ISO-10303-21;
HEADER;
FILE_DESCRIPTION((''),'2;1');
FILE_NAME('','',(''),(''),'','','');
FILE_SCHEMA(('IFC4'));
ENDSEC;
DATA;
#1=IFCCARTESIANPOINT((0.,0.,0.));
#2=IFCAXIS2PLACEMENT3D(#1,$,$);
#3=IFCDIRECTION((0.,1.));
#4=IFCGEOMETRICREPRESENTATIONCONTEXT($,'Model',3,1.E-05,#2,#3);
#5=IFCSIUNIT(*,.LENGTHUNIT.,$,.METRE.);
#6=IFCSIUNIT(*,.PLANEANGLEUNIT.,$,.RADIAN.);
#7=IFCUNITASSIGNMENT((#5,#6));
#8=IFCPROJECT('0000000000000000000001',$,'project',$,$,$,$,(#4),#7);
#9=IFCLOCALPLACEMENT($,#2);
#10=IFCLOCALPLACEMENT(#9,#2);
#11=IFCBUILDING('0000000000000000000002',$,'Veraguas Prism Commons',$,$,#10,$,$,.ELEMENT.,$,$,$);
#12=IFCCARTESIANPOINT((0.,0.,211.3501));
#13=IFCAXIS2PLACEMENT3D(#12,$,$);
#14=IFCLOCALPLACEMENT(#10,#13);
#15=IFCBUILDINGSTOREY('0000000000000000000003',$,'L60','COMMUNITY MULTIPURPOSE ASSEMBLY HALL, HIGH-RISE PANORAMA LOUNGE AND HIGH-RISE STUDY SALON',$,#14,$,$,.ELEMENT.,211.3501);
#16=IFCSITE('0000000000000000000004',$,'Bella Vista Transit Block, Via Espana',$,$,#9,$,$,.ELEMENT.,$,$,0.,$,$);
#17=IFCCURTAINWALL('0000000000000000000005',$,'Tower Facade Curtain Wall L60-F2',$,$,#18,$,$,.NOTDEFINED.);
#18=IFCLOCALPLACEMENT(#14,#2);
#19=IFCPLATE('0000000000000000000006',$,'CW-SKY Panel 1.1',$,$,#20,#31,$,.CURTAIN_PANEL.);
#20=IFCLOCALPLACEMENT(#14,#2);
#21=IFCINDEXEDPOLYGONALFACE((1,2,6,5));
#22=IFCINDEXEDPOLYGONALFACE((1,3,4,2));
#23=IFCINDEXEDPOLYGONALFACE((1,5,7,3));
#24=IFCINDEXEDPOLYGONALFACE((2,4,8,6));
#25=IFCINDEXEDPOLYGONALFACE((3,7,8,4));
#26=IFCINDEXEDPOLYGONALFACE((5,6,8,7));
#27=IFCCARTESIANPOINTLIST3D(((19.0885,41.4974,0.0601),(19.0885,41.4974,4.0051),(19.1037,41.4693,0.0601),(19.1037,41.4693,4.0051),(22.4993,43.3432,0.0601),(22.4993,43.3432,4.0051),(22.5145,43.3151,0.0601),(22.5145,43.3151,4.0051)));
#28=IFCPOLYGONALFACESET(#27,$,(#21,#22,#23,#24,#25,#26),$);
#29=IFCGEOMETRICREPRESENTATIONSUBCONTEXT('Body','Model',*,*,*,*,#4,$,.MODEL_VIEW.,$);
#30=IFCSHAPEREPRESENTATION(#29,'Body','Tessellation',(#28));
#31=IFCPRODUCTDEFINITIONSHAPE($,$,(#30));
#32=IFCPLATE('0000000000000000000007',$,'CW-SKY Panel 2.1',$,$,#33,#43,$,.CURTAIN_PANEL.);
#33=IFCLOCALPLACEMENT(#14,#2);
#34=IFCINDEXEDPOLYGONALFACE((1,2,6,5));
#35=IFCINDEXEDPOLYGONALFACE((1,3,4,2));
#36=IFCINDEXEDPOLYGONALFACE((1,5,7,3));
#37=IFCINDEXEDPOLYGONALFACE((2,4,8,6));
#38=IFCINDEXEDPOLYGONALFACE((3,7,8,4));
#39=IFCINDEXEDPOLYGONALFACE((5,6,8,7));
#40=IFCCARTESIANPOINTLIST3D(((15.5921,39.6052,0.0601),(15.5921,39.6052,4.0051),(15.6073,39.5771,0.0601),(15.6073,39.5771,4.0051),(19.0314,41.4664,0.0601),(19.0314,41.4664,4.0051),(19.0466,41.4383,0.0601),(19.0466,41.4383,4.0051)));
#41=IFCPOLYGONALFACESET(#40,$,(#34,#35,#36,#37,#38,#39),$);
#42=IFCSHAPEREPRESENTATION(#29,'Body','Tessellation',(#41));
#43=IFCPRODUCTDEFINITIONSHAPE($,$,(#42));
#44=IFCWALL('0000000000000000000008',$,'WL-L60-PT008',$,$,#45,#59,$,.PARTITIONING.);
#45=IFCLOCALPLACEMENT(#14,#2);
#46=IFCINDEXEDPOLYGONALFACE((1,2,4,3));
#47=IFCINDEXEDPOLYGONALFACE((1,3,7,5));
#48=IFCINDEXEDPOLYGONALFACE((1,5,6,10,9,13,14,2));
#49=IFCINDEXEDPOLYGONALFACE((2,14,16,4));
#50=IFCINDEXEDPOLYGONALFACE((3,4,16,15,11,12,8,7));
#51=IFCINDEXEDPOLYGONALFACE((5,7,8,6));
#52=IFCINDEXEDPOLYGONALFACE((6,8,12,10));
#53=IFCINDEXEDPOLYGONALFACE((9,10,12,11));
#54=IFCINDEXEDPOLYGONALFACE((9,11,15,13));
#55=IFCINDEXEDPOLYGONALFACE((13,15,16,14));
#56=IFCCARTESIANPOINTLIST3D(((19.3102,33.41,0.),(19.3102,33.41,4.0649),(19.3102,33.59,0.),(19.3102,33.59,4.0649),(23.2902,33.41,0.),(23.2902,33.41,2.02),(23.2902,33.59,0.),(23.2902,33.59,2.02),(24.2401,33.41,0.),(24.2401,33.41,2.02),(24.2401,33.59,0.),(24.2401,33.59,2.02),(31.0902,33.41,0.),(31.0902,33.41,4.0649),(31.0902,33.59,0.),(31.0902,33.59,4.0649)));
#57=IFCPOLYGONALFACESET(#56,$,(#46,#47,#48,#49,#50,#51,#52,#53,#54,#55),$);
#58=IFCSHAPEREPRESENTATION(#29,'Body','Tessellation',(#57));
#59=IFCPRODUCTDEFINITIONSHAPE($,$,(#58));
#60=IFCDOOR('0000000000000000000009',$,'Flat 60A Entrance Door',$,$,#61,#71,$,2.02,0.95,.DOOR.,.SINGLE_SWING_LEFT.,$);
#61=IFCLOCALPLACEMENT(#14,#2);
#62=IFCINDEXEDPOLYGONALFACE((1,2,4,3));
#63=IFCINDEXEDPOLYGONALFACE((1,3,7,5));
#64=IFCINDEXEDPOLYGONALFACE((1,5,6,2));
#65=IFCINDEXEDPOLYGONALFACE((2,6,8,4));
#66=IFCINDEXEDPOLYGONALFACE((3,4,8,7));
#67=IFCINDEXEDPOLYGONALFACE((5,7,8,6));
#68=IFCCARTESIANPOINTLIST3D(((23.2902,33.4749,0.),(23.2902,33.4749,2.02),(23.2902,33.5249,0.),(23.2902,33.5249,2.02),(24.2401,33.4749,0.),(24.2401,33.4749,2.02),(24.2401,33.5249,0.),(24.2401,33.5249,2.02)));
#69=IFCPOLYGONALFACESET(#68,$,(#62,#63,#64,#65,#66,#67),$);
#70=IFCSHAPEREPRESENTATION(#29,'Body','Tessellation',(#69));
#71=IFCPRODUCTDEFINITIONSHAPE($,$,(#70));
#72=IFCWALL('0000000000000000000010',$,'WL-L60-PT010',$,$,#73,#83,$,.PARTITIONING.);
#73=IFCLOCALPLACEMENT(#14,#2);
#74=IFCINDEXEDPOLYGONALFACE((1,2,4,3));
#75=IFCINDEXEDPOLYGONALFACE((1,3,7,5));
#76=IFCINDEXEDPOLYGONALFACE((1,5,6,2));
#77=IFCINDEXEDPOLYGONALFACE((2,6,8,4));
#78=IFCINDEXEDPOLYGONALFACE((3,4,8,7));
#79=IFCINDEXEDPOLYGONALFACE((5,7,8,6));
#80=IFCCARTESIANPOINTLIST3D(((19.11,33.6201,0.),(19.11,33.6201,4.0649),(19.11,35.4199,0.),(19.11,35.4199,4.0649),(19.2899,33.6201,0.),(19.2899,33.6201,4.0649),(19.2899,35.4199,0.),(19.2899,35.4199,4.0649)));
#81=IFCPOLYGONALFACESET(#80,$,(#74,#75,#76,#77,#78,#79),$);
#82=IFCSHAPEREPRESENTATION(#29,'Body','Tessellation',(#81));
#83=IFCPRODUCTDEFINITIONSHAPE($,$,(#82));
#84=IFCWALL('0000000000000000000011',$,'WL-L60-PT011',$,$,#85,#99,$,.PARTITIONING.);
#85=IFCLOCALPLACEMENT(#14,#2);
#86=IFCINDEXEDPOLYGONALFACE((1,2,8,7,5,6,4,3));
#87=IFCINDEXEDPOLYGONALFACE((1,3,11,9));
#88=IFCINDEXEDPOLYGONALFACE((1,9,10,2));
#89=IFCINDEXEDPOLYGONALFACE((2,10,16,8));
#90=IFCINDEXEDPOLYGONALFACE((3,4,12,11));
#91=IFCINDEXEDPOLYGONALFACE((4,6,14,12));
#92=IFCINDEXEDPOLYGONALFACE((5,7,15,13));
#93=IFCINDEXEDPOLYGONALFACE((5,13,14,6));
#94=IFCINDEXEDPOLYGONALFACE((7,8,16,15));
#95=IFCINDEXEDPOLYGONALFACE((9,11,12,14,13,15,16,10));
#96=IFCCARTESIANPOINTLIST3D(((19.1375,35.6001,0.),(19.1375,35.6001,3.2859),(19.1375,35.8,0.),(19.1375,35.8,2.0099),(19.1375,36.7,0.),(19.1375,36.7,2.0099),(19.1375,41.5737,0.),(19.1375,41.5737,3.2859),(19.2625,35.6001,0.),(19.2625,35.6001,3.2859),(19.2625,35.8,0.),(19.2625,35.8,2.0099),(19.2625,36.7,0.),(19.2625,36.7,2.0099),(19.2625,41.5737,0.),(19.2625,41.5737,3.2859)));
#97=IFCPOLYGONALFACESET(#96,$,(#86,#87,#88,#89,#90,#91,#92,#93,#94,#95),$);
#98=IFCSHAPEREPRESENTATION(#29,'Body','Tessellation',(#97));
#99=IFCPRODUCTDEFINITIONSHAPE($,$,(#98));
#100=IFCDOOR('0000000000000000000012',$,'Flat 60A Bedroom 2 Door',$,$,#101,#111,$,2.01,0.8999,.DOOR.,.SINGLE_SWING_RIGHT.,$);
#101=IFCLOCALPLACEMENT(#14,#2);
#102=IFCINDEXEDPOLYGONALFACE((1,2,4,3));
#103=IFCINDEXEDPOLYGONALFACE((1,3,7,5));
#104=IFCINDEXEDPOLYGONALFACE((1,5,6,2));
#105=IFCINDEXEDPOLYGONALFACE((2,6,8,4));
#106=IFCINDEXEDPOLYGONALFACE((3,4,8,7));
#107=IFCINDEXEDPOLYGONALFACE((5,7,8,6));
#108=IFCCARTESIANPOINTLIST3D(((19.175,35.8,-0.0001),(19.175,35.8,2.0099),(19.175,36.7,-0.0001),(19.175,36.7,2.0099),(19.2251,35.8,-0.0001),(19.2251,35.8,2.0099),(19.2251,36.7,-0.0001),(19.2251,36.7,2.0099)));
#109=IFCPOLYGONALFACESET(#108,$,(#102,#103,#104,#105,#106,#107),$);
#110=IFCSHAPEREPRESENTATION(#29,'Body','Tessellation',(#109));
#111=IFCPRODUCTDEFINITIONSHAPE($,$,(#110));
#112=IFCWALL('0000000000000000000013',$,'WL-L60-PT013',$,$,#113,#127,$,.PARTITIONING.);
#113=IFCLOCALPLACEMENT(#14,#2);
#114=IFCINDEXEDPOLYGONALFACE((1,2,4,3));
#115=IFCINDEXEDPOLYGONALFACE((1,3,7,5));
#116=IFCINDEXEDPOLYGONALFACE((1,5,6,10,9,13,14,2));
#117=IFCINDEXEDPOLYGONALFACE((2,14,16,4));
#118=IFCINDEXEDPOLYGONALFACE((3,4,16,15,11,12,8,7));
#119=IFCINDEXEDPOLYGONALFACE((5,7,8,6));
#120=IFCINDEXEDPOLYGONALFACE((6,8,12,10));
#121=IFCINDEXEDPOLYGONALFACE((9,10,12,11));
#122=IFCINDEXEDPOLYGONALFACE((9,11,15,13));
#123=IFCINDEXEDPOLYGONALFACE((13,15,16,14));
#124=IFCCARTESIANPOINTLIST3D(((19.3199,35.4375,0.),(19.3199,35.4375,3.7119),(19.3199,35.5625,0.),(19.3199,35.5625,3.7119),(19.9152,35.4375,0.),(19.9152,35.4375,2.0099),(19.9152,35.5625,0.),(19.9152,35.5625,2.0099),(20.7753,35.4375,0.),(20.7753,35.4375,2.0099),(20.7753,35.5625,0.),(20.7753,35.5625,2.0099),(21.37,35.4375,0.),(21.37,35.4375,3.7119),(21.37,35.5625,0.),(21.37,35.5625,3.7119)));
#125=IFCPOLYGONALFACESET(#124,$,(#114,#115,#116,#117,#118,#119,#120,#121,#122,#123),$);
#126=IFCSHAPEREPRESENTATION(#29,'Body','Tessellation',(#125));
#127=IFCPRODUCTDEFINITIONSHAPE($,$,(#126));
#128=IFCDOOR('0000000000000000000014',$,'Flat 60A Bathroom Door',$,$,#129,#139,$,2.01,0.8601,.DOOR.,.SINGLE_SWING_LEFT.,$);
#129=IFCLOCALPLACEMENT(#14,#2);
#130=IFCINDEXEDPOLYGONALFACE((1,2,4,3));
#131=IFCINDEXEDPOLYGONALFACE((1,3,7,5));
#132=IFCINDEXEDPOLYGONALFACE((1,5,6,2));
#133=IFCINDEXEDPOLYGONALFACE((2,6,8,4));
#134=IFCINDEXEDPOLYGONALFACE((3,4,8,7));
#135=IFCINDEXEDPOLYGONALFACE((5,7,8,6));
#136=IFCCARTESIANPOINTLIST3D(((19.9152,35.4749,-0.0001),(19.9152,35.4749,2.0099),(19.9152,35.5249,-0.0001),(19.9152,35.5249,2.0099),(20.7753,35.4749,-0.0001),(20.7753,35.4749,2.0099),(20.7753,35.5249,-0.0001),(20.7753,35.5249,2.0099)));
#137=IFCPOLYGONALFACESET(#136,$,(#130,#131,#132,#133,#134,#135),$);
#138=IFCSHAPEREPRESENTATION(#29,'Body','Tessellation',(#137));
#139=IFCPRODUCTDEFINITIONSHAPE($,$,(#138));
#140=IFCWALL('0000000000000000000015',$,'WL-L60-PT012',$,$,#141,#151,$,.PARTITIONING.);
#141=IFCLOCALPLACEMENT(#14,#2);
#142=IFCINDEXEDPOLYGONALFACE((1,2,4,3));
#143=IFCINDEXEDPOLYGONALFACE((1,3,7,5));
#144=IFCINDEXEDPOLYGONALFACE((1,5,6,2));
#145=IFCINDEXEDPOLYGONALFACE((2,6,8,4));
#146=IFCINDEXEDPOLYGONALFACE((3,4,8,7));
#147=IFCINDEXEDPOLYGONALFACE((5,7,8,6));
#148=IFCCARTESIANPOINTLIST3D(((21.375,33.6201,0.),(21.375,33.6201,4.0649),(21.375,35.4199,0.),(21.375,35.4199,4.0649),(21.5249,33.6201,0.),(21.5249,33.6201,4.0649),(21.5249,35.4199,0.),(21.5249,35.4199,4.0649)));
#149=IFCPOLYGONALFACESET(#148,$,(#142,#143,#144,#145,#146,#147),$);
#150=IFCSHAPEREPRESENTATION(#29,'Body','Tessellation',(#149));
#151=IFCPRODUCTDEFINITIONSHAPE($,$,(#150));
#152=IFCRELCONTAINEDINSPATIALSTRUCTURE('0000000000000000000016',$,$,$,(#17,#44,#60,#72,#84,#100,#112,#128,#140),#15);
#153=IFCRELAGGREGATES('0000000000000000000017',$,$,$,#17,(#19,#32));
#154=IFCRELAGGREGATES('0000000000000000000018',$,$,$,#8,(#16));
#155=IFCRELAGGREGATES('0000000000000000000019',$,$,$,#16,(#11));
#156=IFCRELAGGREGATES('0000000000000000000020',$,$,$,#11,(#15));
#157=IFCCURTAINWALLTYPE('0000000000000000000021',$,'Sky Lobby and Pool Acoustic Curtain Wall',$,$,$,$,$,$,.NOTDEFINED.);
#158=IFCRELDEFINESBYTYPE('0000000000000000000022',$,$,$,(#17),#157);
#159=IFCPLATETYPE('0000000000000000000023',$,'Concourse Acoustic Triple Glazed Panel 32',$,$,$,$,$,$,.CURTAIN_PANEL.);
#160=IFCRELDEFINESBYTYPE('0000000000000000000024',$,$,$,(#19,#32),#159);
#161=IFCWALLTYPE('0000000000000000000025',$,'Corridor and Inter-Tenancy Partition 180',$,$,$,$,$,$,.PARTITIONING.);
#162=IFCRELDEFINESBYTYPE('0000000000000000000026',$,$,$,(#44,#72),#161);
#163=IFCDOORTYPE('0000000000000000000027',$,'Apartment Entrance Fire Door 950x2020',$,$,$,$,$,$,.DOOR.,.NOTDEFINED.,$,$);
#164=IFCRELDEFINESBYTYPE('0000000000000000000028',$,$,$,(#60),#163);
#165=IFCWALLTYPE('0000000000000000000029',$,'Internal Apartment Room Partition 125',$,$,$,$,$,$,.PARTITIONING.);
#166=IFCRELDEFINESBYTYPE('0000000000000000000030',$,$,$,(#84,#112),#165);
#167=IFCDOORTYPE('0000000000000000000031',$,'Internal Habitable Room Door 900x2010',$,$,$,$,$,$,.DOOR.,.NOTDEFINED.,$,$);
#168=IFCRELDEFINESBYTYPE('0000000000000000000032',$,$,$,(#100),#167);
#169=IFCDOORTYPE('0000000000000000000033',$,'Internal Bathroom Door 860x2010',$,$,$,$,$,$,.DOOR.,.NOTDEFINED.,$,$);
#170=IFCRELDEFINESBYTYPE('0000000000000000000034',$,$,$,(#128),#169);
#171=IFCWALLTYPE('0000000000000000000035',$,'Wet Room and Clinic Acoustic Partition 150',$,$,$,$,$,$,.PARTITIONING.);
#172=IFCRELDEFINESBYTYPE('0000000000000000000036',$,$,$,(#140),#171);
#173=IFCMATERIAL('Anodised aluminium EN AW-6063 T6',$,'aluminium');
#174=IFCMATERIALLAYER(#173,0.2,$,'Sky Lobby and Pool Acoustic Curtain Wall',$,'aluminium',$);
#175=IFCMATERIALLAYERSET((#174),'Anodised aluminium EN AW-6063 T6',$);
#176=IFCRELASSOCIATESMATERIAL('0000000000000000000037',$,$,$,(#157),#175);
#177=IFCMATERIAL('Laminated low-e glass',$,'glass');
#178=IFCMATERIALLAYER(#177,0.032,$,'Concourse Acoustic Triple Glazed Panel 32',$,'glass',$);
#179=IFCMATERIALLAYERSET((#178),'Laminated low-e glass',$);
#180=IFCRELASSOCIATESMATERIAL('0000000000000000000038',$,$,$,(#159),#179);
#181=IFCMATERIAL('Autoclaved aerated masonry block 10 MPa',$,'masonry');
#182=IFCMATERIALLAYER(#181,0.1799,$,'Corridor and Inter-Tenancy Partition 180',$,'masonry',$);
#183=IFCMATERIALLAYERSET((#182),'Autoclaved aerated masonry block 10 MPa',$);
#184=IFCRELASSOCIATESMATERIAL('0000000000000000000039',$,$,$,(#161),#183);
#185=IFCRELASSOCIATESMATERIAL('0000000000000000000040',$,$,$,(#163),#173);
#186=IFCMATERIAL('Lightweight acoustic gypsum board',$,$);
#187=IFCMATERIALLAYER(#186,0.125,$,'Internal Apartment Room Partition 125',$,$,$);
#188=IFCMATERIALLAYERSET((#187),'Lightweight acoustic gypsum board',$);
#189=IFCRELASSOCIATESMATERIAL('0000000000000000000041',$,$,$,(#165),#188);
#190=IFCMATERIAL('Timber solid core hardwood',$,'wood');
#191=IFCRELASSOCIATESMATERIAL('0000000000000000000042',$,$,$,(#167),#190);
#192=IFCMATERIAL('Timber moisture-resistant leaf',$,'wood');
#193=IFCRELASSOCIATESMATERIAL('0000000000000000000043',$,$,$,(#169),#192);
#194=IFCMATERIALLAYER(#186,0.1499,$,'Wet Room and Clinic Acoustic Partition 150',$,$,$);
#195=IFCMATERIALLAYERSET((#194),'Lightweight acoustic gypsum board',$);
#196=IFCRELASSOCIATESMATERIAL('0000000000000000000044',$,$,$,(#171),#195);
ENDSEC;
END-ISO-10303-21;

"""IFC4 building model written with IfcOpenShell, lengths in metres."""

from ifc_helpers import new_model, si_unit, direction, frame, frame_2d, origin, origin_2d, place, context, subcontext, project, spatial, rectangle, extrude, source, transform, mapped, material, layer, layer_set, type_object, element, fill, aggregate, save


model = new_model("IFC4")

# Units and contexts
model_context = context("Model", 3, precision=1e-05, world=origin(), true_north=direction((0.0, 1.0)))
body_context = subcontext(model_context, "Body", "Model", "MODEL_VIEW")
ifc_project = project(units=[si_unit("LENGTHUNIT", "METRE"), si_unit("PLANEANGLEUNIT", "RADIAN")], contexts=[model_context])

# Site, building, storey
site_placement = place(None, origin())
site = spatial("IfcSite", under=ifc_project, at=site_placement, Name="Bella Vista Transit Block, Via Espana", CompositionType="ELEMENT", RefElevation=0.0)
building_placement = place(site_placement, origin())
building = spatial("IfcBuilding", under=site, at=building_placement, Name="Veraguas Prism Commons", CompositionType="ELEMENT")
storey_placement = place(building_placement, frame((0.0, 0.0, 211.3501)))
storey = spatial("IfcBuildingStorey", under=building, at=storey_placement, Name="L60", Description="COMMUNITY MULTIPURPOSE ASSEMBLY HALL, HIGH-RISE PANORAMA LOUNGE AND HIGH-RISE STUDY SALON", CompositionType="ELEMENT", Elevation=211.3501)

# Curtain wall, plates
ifc_material_1 = material(Name="Anodised aluminium EN AW-6063 T6", Category="aluminium")
ifc_layer_1 = layer(ifc_material_1, 0.2, Name="Sky Lobby and Pool Acoustic Curtain Wall", Category="aluminium")
ifc_layer_set_1 = layer_set([ifc_layer_1], Name="Anodised aluminium EN AW-6063 T6")
curtain_wall_type = type_object("IfcCurtainWallType", Name="Sky Lobby and Pool Acoustic Curtain Wall", PredefinedType="NOTDEFINED", material=ifc_layer_set_1)
curtain_wall_placement = place(storey_placement, origin())
curtain_wall = element("IfcCurtainWall", 1, at=curtain_wall_placement, inside=storey, type_object=curtain_wall_type, Name="Tower Facade Curtain Wall L60-F2", PredefinedType="NOTDEFINED")
ifc_material_2 = material(Name="Laminated low-e glass", Category="glass")
ifc_layer_2 = layer(ifc_material_2, 0.032, Name="Concourse Acoustic Triple Glazed Panel 32", Category="glass")
ifc_layer_set_2 = layer_set([ifc_layer_2], Name="Laminated low-e glass")
plate_type = type_object("IfcPlateType", Name="Concourse Acoustic Triple Glazed Panel 32", PredefinedType="CURTAIN_PANEL", material=ifc_layer_set_2)
shared_shape_1 = source(origin(), body_context, "Body", "SweptSolid", [
    extrude(rectangle(XDim=3.8782, YDim=0.032, at=origin_2d()), origin(), (0.0, 0.0, 1.0), 3.9451),
])
plate_1_placement = place(storey_placement, frame((20.8015, 42.4062, 0.0601), z_axis=(0.0, 0.0, 1.0), x_axis=(-0.879484, -0.475928, 0.0)))
plate_1 = element("IfcPlate", 2, at=plate_1_placement, type_object=plate_type, Name="CW-SKY Panel 1.1", PredefinedType="CURTAIN_PANEL", context=body_context, shape_type="MappedRepresentation", body=[
    mapped(shared_shape_1, transform((0.0, 0.0, 0.0), scale=1.0)),
])
shared_shape_2 = source(origin(), body_context, "Body", "SweptSolid", [
    extrude(rectangle(XDim=3.9106, YDim=0.032, at=origin_2d()), origin(), (0.0, 0.0, 1.0), 3.9451),
])
plate_2_placement = place(storey_placement, frame((17.3193, 40.5217, 0.0601), z_axis=(0.0, 0.0, 1.0), x_axis=(-0.879484, -0.475928, 0.0)))
plate_2 = element("IfcPlate", 3, at=plate_2_placement, type_object=plate_type, Name="CW-SKY Panel 2.1", PredefinedType="CURTAIN_PANEL", context=body_context, shape_type="MappedRepresentation", body=[
    mapped(shared_shape_2, transform((0.0, 0.0, 0.0), scale=1.0)),
])
aggregate(curtain_wall, [plate_1, plate_2])

# Wall, opening, door
ifc_material_3 = material(Name="Autoclaved aerated masonry block 10 MPa", Category="masonry")
ifc_layer_3 = layer(ifc_material_3, 0.1799, Name="Corridor and Inter-Tenancy Partition 180", Category="masonry")
ifc_layer_set_3 = layer_set([ifc_layer_3], Name="Autoclaved aerated masonry block 10 MPa")
wall_type_1 = type_object("IfcWallType", Name="Corridor and Inter-Tenancy Partition 180", PredefinedType="PARTITIONING", material=ifc_layer_set_3)
wall_1_placement = place(storey_placement, frame((19.3101, 33.5, 0.0), z_axis=(0.0, 0.0, 1.0), x_axis=(1.0, 0.0, 0.0)))
wall_1 = element("IfcWall", 4, at=wall_1_placement, inside=storey, type_object=wall_type_1, Name="WL-L60-PT008", PredefinedType="PARTITIONING", context=body_context, shape_type="SweptSolid", body=[
    extrude(rectangle(XDim=11.78, YDim=0.1799, at=frame_2d((5.8901, 0.0))), origin(), (0.0, 0.0, 1.0), 4.0649),
])
opening_1_placement = place(wall_1_placement, frame((3.98, 0.0, 0.0)))
opening_1 = element("IfcOpeningElement", 5, at=opening_1_placement, cuts=wall_1, PredefinedType="OPENING", context=body_context, shape_type="SweptSolid", body=[
    extrude(rectangle(XDim=0.95, YDim=2.02, at=frame_2d((0.4751, 1.01))), frame((0.0, 0.0999, 0.0), z_axis=(0.0, -1.0, 0.0), x_axis=(1.0, 0.0, 0.0)), (0.0, 0.0, 1.0), 0.2),
])
door_type_1 = type_object("IfcDoorType", Name="Apartment Entrance Fire Door 950x2020", OperationType="NOTDEFINED", PredefinedType="DOOR", material=ifc_material_1)
shared_shape_3 = source(origin(), body_context, "Body", "SweptSolid", [
    extrude(rectangle(XDim=0.95, YDim=2.02, at=frame_2d((0.4751, 1.01))), frame((0.0, 0.0249, 0.0), z_axis=(0.0, -1.0, 0.0), x_axis=(1.0, 0.0, 0.0)), (0.0, 0.0, 1.0), 0.05),
])
door_1_placement = place(opening_1_placement, origin())
door_1 = element("IfcDoor", 6, at=door_1_placement, inside=storey, type_object=door_type_1, Name="Flat 60A Entrance Door", OperationType="SINGLE_SWING_LEFT", OverallHeight=2.02, OverallWidth=0.95, PredefinedType="DOOR", context=body_context, shape_type="MappedRepresentation", body=[
    mapped(shared_shape_3, transform((0.0, 0.0, 0.0), scale=1.0)),
])
fill(opening_1, door_1)

# Wall
wall_2_placement = place(storey_placement, frame((19.2, 33.6201, 0.0), z_axis=(0.0, 0.0, 1.0), x_axis=(0.0, 1.0, 0.0)))
element("IfcWall", 7, at=wall_2_placement, inside=storey, type_object=wall_type_1, Name="WL-L60-PT010", PredefinedType="PARTITIONING", context=body_context, shape_type="SweptSolid", body=[
    extrude(rectangle(XDim=1.7998, YDim=0.1799, at=frame_2d((0.8999, 0.0))), origin(), (0.0, 0.0, 1.0), 4.0649),
])

# Walls, openings, doors
ifc_material_4 = material(Name="Lightweight acoustic gypsum board")
ifc_layer_4 = layer(ifc_material_4, 0.125, Name="Internal Apartment Room Partition 125")
ifc_layer_set_4 = layer_set([ifc_layer_4], Name="Lightweight acoustic gypsum board")
wall_type_2 = type_object("IfcWallType", Name="Internal Apartment Room Partition 125", PredefinedType="PARTITIONING", material=ifc_layer_set_4)
wall_3_placement = place(storey_placement, frame((19.2, 35.6001, 0.0), z_axis=(0.0, 0.0, 1.0), x_axis=(0.0, 1.0, 0.0)))
wall_3 = element("IfcWall", 8, at=wall_3_placement, inside=storey, type_object=wall_type_2, Name="WL-L60-PT011", PredefinedType="PARTITIONING", context=body_context, shape_type="SweptSolid", body=[
    extrude(rectangle(XDim=5.9736, YDim=0.125, at=frame_2d((2.9868, 0.0))), origin(), (0.0, 0.0, 1.0), 3.2859),
])
opening_2_placement = place(wall_3_placement, frame((0.2, 0.0, 0.0)))
opening_2 = element("IfcOpeningElement", 9, at=opening_2_placement, cuts=wall_3, PredefinedType="OPENING", context=body_context, shape_type="SweptSolid", body=[
    extrude(rectangle(XDim=0.8999, YDim=2.01, at=frame_2d((0.45, 1.0049))), frame((0.0, 0.0725, 0.0), z_axis=(0.0, -1.0, 0.0), x_axis=(1.0, 0.0, 0.0)), (0.0, 0.0, 1.0), 0.145),
])
ifc_material_5 = material(Name="Timber solid core hardwood", Category="wood")
door_type_2 = type_object("IfcDoorType", Name="Internal Habitable Room Door 900x2010", OperationType="NOTDEFINED", PredefinedType="DOOR", material=ifc_material_5)
shared_shape_4 = source(origin(), body_context, "Body", "SweptSolid", [
    extrude(rectangle(XDim=0.8999, YDim=2.01, at=frame_2d((0.45, 1.0049))), frame((0.0, 0.0249, 0.0), z_axis=(0.0, -1.0, 0.0), x_axis=(1.0, 0.0, 0.0)), (0.0, 0.0, 1.0), 0.05),
])
door_2_placement = place(opening_2_placement, origin())
door_2 = element("IfcDoor", 10, at=door_2_placement, inside=storey, type_object=door_type_2, Name="Flat 60A Bedroom 2 Door", OperationType="SINGLE_SWING_RIGHT", OverallHeight=2.01, OverallWidth=0.8999, PredefinedType="DOOR", context=body_context, shape_type="MappedRepresentation", body=[
    mapped(shared_shape_4, transform((0.0, 0.0, 0.0), scale=1.0)),
])
fill(opening_2, door_2)
wall_4_placement = place(storey_placement, frame((19.3201, 35.5, 0.0), z_axis=(0.0, 0.0, 1.0), x_axis=(1.0, 0.0, 0.0)))
wall_4 = element("IfcWall", 11, at=wall_4_placement, inside=storey, type_object=wall_type_2, Name="WL-L60-PT013", PredefinedType="PARTITIONING", context=body_context, shape_type="SweptSolid", body=[
    extrude(rectangle(XDim=2.05, YDim=0.125, at=frame_2d((1.0249, 0.0))), origin(), (0.0, 0.0, 1.0), 3.7119),
])
opening_3_placement = place(wall_4_placement, frame((0.595, 0.0, 0.0)))
opening_3 = element("IfcOpeningElement", 12, at=opening_3_placement, cuts=wall_4, PredefinedType="OPENING", context=body_context, shape_type="SweptSolid", body=[
    extrude(rectangle(XDim=0.8601, YDim=2.01, at=frame_2d((0.4302, 1.0049))), frame((0.0, 0.0725, 0.0), z_axis=(0.0, -1.0, 0.0), x_axis=(1.0, 0.0, 0.0)), (0.0, 0.0, 1.0), 0.145),
])
ifc_material_6 = material(Name="Timber moisture-resistant leaf", Category="wood")
door_type_3 = type_object("IfcDoorType", Name="Internal Bathroom Door 860x2010", OperationType="NOTDEFINED", PredefinedType="DOOR", material=ifc_material_6)
shared_shape_5 = source(origin(), body_context, "Body", "SweptSolid", [
    extrude(rectangle(XDim=0.8601, YDim=2.01, at=frame_2d((0.4302, 1.0049))), frame((0.0, 0.0249, 0.0), z_axis=(0.0, -1.0, 0.0), x_axis=(1.0, 0.0, 0.0)), (0.0, 0.0, 1.0), 0.05),
])
door_3_placement = place(opening_3_placement, origin())
door_3 = element("IfcDoor", 13, at=door_3_placement, inside=storey, type_object=door_type_3, Name="Flat 60A Bathroom Door", OperationType="SINGLE_SWING_LEFT", OverallHeight=2.01, OverallWidth=0.8601, PredefinedType="DOOR", context=body_context, shape_type="MappedRepresentation", body=[
    mapped(shared_shape_5, transform((0.0, 0.0, 0.0), scale=1.0)),
])
fill(opening_3, door_3)

# Wall
ifc_layer_5 = layer(ifc_material_4, 0.1499, Name="Wet Room and Clinic Acoustic Partition 150")
ifc_layer_set_5 = layer_set([ifc_layer_5], Name="Lightweight acoustic gypsum board")
wall_type_3 = type_object("IfcWallType", Name="Wet Room and Clinic Acoustic Partition 150", PredefinedType="PARTITIONING", material=ifc_layer_set_5)
wall_5_placement = place(storey_placement, frame((21.45, 33.6201, 0.0), z_axis=(0.0, 0.0, 1.0), x_axis=(0.0, 1.0, 0.0)))
element("IfcWall", 14, at=wall_5_placement, inside=storey, type_object=wall_type_3, Name="WL-L60-PT012", PredefinedType="PARTITIONING", context=body_context, shape_type="SweptSolid", body=[
    extrude(rectangle(XDim=1.7998, YDim=0.1499, at=frame_2d((0.8999, 0.0))), origin(), (0.0, 0.0, 1.0), 4.0649),
])

save(model, "model.ifc")
